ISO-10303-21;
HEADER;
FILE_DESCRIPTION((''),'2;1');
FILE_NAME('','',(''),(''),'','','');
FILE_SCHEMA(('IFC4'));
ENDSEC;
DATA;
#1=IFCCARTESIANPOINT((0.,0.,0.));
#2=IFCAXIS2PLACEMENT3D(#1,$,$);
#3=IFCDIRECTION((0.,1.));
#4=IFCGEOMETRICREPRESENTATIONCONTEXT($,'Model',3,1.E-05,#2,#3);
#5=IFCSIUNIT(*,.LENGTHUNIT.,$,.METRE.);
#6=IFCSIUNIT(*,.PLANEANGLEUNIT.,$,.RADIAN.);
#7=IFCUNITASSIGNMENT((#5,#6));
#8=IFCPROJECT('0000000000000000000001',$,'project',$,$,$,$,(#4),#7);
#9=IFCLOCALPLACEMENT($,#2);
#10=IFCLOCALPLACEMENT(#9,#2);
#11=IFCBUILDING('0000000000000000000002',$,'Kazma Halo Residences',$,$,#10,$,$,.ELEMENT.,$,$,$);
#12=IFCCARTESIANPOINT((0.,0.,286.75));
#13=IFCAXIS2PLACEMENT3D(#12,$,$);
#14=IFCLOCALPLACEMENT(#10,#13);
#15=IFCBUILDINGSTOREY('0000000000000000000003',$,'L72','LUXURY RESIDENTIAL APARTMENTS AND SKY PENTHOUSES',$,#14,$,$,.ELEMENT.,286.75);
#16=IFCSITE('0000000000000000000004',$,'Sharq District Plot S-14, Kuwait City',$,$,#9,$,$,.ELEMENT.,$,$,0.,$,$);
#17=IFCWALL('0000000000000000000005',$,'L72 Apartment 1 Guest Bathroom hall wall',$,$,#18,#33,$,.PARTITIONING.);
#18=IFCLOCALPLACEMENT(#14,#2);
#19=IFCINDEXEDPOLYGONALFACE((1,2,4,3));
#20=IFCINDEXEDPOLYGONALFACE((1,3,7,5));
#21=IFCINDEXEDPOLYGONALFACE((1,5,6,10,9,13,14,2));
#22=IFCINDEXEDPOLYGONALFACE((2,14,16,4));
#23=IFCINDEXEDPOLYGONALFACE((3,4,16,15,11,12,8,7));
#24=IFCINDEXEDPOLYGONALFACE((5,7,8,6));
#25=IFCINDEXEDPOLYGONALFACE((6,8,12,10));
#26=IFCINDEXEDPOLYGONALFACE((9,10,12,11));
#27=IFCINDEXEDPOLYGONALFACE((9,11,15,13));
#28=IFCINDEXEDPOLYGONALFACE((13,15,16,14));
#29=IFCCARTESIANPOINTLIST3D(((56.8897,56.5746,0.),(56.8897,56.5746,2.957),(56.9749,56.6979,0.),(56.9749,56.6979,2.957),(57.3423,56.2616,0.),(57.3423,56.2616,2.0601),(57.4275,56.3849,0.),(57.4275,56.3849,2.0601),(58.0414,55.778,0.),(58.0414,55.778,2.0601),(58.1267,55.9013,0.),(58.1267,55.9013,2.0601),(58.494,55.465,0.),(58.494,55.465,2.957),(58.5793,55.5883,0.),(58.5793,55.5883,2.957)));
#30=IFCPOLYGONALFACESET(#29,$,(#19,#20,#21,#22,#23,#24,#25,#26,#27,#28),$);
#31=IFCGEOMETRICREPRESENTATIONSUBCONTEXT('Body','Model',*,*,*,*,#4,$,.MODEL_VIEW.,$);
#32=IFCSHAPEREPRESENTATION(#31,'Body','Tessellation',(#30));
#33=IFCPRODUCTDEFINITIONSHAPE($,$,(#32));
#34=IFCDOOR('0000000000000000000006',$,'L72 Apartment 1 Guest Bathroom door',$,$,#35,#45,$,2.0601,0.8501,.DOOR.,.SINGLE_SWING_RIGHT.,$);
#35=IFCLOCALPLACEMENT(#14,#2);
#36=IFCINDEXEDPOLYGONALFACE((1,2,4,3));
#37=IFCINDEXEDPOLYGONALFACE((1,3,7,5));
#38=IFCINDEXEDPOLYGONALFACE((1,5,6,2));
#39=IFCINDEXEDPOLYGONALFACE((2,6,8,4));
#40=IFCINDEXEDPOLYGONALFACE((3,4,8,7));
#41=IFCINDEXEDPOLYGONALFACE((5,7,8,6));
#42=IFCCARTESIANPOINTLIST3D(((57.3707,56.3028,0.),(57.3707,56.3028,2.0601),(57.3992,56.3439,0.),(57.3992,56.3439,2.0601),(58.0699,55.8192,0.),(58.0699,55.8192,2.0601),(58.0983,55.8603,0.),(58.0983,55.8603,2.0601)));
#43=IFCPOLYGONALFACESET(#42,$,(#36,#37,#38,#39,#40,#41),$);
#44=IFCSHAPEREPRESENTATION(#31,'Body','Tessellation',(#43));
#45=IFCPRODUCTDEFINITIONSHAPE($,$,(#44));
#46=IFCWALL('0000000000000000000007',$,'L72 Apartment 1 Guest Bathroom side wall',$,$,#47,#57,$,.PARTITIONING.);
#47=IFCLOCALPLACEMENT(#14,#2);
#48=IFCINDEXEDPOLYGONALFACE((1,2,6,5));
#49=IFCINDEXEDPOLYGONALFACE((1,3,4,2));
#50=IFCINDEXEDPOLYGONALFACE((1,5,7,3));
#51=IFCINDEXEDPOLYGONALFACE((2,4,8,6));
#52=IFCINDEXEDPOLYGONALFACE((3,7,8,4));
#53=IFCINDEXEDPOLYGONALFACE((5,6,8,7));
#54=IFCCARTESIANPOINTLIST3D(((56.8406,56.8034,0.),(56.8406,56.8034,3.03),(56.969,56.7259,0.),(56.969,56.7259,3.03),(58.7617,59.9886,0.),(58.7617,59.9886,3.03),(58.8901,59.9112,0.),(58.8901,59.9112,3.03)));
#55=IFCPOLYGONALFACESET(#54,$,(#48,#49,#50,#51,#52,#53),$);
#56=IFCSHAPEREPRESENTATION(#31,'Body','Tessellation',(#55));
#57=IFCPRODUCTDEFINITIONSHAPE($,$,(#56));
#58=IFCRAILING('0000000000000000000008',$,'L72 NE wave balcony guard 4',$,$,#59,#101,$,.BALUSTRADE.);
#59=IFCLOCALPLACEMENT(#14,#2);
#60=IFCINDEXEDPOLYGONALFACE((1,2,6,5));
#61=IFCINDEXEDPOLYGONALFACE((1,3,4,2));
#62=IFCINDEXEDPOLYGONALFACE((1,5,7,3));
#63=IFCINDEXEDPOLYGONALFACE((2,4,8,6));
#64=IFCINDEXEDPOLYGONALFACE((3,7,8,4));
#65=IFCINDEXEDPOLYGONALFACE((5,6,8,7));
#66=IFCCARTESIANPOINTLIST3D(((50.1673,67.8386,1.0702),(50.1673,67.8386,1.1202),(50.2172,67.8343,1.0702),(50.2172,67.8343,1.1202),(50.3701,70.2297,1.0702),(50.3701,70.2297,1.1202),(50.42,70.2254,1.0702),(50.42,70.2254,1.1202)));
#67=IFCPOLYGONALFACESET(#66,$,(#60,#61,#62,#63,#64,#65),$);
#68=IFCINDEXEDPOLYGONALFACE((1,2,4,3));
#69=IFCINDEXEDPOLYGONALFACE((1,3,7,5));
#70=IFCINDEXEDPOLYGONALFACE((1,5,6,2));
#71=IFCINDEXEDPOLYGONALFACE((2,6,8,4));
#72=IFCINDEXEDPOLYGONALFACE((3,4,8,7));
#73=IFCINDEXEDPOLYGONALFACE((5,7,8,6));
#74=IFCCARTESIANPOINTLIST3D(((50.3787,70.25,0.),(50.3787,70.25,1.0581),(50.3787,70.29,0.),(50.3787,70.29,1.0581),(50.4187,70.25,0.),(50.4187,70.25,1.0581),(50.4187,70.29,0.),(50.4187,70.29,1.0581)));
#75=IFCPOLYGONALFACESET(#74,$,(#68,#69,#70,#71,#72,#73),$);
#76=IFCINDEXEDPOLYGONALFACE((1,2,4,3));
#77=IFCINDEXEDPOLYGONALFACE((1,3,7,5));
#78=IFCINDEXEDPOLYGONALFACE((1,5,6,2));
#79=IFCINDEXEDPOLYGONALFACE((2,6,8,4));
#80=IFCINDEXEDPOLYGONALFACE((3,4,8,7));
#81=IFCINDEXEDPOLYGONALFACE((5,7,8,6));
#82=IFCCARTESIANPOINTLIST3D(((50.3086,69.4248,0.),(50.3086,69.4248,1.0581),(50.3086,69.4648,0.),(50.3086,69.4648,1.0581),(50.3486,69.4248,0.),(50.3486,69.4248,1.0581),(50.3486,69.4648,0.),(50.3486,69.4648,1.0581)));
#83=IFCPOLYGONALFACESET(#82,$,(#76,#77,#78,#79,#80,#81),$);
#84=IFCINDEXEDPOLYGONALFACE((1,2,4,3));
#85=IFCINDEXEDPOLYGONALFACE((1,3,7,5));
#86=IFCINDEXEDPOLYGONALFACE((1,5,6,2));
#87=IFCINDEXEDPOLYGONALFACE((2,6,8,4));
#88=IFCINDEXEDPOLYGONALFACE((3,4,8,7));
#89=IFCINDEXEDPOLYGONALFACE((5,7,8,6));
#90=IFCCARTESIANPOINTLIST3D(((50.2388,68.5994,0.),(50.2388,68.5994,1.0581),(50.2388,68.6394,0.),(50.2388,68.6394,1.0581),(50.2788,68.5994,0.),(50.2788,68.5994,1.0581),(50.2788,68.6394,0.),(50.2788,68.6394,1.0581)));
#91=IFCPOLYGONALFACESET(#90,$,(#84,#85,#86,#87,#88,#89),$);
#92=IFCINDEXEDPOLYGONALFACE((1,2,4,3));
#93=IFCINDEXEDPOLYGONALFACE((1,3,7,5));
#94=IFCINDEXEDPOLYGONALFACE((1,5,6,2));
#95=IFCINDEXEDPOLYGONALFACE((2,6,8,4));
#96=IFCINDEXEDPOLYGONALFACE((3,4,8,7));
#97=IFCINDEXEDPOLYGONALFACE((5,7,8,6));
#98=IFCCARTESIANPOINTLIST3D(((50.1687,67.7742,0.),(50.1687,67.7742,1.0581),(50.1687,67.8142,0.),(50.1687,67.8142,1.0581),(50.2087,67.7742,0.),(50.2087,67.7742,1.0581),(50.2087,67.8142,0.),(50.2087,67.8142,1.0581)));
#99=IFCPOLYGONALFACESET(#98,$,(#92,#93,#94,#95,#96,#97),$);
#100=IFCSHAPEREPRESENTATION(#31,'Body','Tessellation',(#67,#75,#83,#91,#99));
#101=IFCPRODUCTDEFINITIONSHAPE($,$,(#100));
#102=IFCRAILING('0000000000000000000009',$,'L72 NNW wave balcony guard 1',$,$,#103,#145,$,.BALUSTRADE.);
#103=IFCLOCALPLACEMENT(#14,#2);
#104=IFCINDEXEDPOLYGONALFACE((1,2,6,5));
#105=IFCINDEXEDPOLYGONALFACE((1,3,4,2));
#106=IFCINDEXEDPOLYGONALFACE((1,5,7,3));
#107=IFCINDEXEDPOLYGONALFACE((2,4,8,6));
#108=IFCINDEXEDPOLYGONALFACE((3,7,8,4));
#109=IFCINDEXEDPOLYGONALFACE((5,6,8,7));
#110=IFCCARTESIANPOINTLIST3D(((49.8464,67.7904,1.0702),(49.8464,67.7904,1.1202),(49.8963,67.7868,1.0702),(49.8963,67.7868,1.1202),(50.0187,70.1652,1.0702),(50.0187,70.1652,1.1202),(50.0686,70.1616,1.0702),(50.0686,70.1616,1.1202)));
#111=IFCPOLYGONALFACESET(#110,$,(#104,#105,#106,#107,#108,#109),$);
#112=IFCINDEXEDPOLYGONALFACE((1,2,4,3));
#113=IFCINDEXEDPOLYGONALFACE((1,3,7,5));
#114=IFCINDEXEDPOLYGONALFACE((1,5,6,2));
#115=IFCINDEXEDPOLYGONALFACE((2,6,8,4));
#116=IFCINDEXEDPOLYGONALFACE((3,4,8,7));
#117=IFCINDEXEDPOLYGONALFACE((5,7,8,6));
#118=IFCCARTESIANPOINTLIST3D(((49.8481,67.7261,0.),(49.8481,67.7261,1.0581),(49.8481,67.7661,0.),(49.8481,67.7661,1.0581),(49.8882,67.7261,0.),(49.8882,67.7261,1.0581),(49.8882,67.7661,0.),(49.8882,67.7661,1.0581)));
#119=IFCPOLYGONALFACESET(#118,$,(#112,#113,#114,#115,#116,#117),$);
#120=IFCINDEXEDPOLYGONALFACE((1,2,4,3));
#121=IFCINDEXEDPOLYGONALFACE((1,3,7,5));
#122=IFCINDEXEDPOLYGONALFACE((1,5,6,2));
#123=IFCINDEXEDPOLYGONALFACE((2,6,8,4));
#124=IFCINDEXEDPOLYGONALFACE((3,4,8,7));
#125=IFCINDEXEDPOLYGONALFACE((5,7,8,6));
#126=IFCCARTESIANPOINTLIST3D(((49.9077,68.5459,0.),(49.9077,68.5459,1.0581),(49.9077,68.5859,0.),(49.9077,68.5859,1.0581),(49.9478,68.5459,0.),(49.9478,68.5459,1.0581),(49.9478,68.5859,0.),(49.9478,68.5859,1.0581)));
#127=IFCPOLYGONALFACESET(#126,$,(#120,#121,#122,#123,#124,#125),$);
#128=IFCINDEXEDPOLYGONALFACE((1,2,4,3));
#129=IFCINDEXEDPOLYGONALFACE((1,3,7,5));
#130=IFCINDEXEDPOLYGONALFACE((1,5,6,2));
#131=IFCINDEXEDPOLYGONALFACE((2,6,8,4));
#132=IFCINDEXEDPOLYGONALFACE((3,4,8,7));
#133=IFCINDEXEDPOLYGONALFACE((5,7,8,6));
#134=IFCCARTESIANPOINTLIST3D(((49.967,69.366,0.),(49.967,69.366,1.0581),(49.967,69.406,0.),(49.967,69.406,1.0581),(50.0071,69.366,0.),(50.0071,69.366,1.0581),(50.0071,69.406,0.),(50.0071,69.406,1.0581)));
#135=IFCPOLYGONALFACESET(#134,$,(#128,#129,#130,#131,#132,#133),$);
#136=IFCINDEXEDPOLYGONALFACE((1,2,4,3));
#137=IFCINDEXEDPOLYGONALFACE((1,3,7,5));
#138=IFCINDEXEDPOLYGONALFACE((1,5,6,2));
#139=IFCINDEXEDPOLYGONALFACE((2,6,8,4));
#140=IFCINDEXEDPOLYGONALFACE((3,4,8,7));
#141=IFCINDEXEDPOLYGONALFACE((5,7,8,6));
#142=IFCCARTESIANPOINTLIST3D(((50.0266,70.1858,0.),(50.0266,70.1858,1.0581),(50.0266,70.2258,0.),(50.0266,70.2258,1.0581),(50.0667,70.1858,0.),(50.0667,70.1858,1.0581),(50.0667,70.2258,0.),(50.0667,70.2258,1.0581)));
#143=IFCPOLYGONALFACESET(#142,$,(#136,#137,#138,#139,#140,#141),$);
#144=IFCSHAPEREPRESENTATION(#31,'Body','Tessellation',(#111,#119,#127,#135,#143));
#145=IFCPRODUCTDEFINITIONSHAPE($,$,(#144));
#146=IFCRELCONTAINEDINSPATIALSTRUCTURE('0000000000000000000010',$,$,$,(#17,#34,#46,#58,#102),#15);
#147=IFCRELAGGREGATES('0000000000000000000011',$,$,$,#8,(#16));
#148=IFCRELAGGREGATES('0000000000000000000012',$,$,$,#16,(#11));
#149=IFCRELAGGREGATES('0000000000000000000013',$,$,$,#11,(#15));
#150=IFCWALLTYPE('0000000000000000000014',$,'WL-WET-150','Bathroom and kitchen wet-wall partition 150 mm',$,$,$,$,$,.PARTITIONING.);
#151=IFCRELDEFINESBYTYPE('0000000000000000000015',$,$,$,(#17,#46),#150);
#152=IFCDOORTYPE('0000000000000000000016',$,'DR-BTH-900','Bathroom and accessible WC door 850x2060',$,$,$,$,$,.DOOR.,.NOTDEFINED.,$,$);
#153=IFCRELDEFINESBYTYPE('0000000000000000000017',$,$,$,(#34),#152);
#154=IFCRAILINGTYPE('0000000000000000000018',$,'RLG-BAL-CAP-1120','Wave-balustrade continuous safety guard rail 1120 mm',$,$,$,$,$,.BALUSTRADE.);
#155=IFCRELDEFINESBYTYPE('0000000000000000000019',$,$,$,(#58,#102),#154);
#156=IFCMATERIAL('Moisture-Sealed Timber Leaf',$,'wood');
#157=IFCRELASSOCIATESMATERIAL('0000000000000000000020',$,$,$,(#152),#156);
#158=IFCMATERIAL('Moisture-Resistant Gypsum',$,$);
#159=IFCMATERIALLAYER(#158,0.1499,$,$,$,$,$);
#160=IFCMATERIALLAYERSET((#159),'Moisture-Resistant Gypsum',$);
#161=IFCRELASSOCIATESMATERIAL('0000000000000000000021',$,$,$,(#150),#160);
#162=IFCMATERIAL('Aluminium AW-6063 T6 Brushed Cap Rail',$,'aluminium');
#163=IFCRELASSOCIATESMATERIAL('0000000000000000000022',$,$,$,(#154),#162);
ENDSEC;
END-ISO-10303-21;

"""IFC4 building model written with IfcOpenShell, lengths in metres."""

from ifc_helpers import new_model, si_unit, direction, frame, frame_2d, origin, origin_2d, place, context, subcontext, project, spatial, rectangle, extrude, material, layer, layer_set, type_object, element, fill, save


model = new_model("IFC4")

# Units and contexts
model_context = context("Model", 3, precision=1e-05, world=origin(), true_north=direction((0.0, 1.0)))
body_context = subcontext(model_context, "Body", "Model", "MODEL_VIEW")
ifc_project = project(units=[si_unit("LENGTHUNIT", "METRE"), si_unit("PLANEANGLEUNIT", "RADIAN")], contexts=[model_context])

# Site, building, storey
site_placement = place(None, origin())
site = spatial("IfcSite", under=ifc_project, at=site_placement, Name="Sharq District Plot S-14, Kuwait City", CompositionType="ELEMENT", RefElevation=0.0)
building_placement = place(site_placement, origin())
building = spatial("IfcBuilding", under=site, at=building_placement, Name="Kazma Halo Residences", CompositionType="ELEMENT")
storey_placement = place(building_placement, frame((0.0, 0.0, 286.75)))
storey = spatial("IfcBuildingStorey", under=building, at=storey_placement, Name="L72", Description="LUXURY RESIDENTIAL APARTMENTS AND SKY PENTHOUSES", CompositionType="ELEMENT", Elevation=286.75)

# Shared definitions
ifc_material_1 = material(Name="Moisture-Sealed Timber Leaf", Category="wood")
door_type_1 = type_object("IfcDoorType", Name="DR-BTH-900", Description="Bathroom and accessible WC door 850x2060", OperationType="NOTDEFINED", PredefinedType="DOOR", material=ifc_material_1)

# Wall, opening, door
ifc_material_2 = material(Name="Moisture-Resistant Gypsum")
ifc_layer_1 = layer(ifc_material_2, 0.1499)
ifc_layer_set_1 = layer_set([ifc_layer_1], Name="Moisture-Resistant Gypsum")
wall_type_1 = type_object("IfcWallType", Name="WL-WET-150", Description="Bathroom and kitchen wet-wall partition 150 mm", PredefinedType="PARTITIONING", material=ifc_layer_set_1)
wall_1_placement = place(storey_placement, frame((58.5366, 55.5266, 0.0), z_axis=(0.0, 0.0, 1.0), x_axis=(-0.822435, 0.568858, 0.0)))
wall_1 = element("IfcWall", 1, at=wall_1_placement, inside=storey, type_object=wall_type_1, Name="L72 Apartment 1 Guest Bathroom hall wall", PredefinedType="PARTITIONING", context=body_context, shape_type="SweptSolid", body=[
    extrude(rectangle(XDim=1.9507, YDim=0.1499, at=frame_2d((0.9753, 0.0))), origin(), (0.0, 0.0, 1.0), 2.957),
])
opening_1_placement = place(wall_1_placement, frame((0.5503, 0.0, 0.0)))
opening_1 = element("IfcOpeningElement", 2, at=opening_1_placement, cuts=wall_1, PredefinedType="OPENING", context=body_context, shape_type="SweptSolid", body=[
    extrude(rectangle(XDim=0.8501, YDim=2.0601, at=frame_2d((0.425, 1.03))), frame((0.0, 0.085, 0.0), z_axis=(0.0, -1.0, 0.0), x_axis=(1.0, 0.0, 0.0)), (0.0, 0.0, 1.0), 0.1699),
])
door_1_placement = place(opening_1_placement, origin())
door_1 = element("IfcDoor", 3, at=door_1_placement, inside=storey, type_object=door_type_1, Name="L72 Apartment 1 Guest Bathroom door", OperationType="SINGLE_SWING_RIGHT", OverallHeight=2.0601, OverallWidth=0.8501, PredefinedType="DOOR", context=body_context, shape_type="SweptSolid", body=[
    extrude(rectangle(XDim=0.8501, YDim=2.0601, at=frame_2d((0.425, 1.03))), frame((0.0, 0.0249, 0.0), z_axis=(0.0, -1.0, 0.0), x_axis=(1.0, 0.0, 0.0)), (0.0, 0.0, 1.0), 0.05),
])
fill(opening_1, door_1)

# Wall
wall_2_placement = place(storey_placement, frame((56.9048, 56.7646, 0.0), z_axis=(0.0, 0.0, 1.0), x_axis=(0.516463, 0.856309, 0.0)))
element("IfcWall", 4, at=wall_2_placement, inside=storey, type_object=wall_type_1, Name="L72 Apartment 1 Guest Bathroom side wall", PredefinedType="PARTITIONING", context=body_context, shape_type="SweptSolid", body=[
    extrude(rectangle(XDim=3.7197, YDim=0.1499, at=frame_2d((1.8599, 0.0))), origin(), (0.0, 0.0, 1.0), 3.03),
])

# Railings
ifc_material_3 = material(Name="Aluminium AW-6063 T6 Brushed Cap Rail", Category="aluminium")
railing_type = type_object("IfcRailingType", Name="RLG-BAL-CAP-1120", Description="Wave-balustrade continuous safety guard rail 1120 mm", PredefinedType="BALUSTRADE", material=ifc_material_3)
railing_1_placement = place(storey_placement, frame((50.3987, 70.27, 0.0)))
element("IfcRailing", 5, at=railing_1_placement, inside=storey, type_object=railing_type, Name="L72 NE wave balcony guard 4", PredefinedType="BALUSTRADE", context=body_context, shape_type="SweptSolid", body=[
    extrude(rectangle(XDim=0.05, YDim=0.05, at=origin_2d()), frame((-0.0037, -0.0425, 1.0952), z_axis=(-0.084501, -0.996423, 0.0), x_axis=(0.996423, -0.084501, 0.0)), (0.0, 0.0, 1.0), 2.3997),
    extrude(rectangle(XDim=0.04, YDim=0.04, at=origin_2d()), origin(), (0.0, 0.0, 1.0), 1.0581),
    extrude(rectangle(XDim=0.04, YDim=0.04, at=origin_2d()), frame((-0.0701, -0.8252, 0.0)), (0.0, 0.0, 1.0), 1.0581),
    extrude(rectangle(XDim=0.04, YDim=0.04, at=origin_2d()), frame((-0.1399, -1.6506, 0.0)), (0.0, 0.0, 1.0), 1.0581),
    extrude(rectangle(XDim=0.04, YDim=0.04, at=origin_2d()), frame((-0.21, -2.4758, 0.0)), (0.0, 0.0, 1.0), 1.0581),
])
railing_2_placement = place(storey_placement, frame((49.8682, 67.7461, 0.0)))
element("IfcRailing", 6, at=railing_2_placement, inside=storey, type_object=railing_type, Name="L72 NNW wave balcony guard 1", PredefinedType="BALUSTRADE", context=body_context, shape_type="SweptSolid", body=[
    extrude(rectangle(XDim=0.05, YDim=0.05, at=origin_2d()), frame((0.0032, 0.0425, 1.0952), z_axis=(0.072366, 0.997378, 0.0), x_axis=(-0.997378, 0.072366, 0.0)), (0.0, 0.0, 1.0), 2.3811),
    extrude(rectangle(XDim=0.04, YDim=0.04, at=origin_2d()), origin(), (0.0, 0.0, 1.0), 1.0581),
    extrude(rectangle(XDim=0.04, YDim=0.04, at=origin_2d()), frame((0.0596, 0.8198, 0.0)), (0.0, 0.0, 1.0), 1.0581),
    extrude(rectangle(XDim=0.04, YDim=0.04, at=origin_2d()), frame((0.1189, 1.6399, 0.0)), (0.0, 0.0, 1.0), 1.0581),
    extrude(rectangle(XDim=0.04, YDim=0.04, at=origin_2d()), frame((0.1785, 2.4597, 0.0)), (0.0, 0.0, 1.0), 1.0581),
])

save(model, "model.ifc")
